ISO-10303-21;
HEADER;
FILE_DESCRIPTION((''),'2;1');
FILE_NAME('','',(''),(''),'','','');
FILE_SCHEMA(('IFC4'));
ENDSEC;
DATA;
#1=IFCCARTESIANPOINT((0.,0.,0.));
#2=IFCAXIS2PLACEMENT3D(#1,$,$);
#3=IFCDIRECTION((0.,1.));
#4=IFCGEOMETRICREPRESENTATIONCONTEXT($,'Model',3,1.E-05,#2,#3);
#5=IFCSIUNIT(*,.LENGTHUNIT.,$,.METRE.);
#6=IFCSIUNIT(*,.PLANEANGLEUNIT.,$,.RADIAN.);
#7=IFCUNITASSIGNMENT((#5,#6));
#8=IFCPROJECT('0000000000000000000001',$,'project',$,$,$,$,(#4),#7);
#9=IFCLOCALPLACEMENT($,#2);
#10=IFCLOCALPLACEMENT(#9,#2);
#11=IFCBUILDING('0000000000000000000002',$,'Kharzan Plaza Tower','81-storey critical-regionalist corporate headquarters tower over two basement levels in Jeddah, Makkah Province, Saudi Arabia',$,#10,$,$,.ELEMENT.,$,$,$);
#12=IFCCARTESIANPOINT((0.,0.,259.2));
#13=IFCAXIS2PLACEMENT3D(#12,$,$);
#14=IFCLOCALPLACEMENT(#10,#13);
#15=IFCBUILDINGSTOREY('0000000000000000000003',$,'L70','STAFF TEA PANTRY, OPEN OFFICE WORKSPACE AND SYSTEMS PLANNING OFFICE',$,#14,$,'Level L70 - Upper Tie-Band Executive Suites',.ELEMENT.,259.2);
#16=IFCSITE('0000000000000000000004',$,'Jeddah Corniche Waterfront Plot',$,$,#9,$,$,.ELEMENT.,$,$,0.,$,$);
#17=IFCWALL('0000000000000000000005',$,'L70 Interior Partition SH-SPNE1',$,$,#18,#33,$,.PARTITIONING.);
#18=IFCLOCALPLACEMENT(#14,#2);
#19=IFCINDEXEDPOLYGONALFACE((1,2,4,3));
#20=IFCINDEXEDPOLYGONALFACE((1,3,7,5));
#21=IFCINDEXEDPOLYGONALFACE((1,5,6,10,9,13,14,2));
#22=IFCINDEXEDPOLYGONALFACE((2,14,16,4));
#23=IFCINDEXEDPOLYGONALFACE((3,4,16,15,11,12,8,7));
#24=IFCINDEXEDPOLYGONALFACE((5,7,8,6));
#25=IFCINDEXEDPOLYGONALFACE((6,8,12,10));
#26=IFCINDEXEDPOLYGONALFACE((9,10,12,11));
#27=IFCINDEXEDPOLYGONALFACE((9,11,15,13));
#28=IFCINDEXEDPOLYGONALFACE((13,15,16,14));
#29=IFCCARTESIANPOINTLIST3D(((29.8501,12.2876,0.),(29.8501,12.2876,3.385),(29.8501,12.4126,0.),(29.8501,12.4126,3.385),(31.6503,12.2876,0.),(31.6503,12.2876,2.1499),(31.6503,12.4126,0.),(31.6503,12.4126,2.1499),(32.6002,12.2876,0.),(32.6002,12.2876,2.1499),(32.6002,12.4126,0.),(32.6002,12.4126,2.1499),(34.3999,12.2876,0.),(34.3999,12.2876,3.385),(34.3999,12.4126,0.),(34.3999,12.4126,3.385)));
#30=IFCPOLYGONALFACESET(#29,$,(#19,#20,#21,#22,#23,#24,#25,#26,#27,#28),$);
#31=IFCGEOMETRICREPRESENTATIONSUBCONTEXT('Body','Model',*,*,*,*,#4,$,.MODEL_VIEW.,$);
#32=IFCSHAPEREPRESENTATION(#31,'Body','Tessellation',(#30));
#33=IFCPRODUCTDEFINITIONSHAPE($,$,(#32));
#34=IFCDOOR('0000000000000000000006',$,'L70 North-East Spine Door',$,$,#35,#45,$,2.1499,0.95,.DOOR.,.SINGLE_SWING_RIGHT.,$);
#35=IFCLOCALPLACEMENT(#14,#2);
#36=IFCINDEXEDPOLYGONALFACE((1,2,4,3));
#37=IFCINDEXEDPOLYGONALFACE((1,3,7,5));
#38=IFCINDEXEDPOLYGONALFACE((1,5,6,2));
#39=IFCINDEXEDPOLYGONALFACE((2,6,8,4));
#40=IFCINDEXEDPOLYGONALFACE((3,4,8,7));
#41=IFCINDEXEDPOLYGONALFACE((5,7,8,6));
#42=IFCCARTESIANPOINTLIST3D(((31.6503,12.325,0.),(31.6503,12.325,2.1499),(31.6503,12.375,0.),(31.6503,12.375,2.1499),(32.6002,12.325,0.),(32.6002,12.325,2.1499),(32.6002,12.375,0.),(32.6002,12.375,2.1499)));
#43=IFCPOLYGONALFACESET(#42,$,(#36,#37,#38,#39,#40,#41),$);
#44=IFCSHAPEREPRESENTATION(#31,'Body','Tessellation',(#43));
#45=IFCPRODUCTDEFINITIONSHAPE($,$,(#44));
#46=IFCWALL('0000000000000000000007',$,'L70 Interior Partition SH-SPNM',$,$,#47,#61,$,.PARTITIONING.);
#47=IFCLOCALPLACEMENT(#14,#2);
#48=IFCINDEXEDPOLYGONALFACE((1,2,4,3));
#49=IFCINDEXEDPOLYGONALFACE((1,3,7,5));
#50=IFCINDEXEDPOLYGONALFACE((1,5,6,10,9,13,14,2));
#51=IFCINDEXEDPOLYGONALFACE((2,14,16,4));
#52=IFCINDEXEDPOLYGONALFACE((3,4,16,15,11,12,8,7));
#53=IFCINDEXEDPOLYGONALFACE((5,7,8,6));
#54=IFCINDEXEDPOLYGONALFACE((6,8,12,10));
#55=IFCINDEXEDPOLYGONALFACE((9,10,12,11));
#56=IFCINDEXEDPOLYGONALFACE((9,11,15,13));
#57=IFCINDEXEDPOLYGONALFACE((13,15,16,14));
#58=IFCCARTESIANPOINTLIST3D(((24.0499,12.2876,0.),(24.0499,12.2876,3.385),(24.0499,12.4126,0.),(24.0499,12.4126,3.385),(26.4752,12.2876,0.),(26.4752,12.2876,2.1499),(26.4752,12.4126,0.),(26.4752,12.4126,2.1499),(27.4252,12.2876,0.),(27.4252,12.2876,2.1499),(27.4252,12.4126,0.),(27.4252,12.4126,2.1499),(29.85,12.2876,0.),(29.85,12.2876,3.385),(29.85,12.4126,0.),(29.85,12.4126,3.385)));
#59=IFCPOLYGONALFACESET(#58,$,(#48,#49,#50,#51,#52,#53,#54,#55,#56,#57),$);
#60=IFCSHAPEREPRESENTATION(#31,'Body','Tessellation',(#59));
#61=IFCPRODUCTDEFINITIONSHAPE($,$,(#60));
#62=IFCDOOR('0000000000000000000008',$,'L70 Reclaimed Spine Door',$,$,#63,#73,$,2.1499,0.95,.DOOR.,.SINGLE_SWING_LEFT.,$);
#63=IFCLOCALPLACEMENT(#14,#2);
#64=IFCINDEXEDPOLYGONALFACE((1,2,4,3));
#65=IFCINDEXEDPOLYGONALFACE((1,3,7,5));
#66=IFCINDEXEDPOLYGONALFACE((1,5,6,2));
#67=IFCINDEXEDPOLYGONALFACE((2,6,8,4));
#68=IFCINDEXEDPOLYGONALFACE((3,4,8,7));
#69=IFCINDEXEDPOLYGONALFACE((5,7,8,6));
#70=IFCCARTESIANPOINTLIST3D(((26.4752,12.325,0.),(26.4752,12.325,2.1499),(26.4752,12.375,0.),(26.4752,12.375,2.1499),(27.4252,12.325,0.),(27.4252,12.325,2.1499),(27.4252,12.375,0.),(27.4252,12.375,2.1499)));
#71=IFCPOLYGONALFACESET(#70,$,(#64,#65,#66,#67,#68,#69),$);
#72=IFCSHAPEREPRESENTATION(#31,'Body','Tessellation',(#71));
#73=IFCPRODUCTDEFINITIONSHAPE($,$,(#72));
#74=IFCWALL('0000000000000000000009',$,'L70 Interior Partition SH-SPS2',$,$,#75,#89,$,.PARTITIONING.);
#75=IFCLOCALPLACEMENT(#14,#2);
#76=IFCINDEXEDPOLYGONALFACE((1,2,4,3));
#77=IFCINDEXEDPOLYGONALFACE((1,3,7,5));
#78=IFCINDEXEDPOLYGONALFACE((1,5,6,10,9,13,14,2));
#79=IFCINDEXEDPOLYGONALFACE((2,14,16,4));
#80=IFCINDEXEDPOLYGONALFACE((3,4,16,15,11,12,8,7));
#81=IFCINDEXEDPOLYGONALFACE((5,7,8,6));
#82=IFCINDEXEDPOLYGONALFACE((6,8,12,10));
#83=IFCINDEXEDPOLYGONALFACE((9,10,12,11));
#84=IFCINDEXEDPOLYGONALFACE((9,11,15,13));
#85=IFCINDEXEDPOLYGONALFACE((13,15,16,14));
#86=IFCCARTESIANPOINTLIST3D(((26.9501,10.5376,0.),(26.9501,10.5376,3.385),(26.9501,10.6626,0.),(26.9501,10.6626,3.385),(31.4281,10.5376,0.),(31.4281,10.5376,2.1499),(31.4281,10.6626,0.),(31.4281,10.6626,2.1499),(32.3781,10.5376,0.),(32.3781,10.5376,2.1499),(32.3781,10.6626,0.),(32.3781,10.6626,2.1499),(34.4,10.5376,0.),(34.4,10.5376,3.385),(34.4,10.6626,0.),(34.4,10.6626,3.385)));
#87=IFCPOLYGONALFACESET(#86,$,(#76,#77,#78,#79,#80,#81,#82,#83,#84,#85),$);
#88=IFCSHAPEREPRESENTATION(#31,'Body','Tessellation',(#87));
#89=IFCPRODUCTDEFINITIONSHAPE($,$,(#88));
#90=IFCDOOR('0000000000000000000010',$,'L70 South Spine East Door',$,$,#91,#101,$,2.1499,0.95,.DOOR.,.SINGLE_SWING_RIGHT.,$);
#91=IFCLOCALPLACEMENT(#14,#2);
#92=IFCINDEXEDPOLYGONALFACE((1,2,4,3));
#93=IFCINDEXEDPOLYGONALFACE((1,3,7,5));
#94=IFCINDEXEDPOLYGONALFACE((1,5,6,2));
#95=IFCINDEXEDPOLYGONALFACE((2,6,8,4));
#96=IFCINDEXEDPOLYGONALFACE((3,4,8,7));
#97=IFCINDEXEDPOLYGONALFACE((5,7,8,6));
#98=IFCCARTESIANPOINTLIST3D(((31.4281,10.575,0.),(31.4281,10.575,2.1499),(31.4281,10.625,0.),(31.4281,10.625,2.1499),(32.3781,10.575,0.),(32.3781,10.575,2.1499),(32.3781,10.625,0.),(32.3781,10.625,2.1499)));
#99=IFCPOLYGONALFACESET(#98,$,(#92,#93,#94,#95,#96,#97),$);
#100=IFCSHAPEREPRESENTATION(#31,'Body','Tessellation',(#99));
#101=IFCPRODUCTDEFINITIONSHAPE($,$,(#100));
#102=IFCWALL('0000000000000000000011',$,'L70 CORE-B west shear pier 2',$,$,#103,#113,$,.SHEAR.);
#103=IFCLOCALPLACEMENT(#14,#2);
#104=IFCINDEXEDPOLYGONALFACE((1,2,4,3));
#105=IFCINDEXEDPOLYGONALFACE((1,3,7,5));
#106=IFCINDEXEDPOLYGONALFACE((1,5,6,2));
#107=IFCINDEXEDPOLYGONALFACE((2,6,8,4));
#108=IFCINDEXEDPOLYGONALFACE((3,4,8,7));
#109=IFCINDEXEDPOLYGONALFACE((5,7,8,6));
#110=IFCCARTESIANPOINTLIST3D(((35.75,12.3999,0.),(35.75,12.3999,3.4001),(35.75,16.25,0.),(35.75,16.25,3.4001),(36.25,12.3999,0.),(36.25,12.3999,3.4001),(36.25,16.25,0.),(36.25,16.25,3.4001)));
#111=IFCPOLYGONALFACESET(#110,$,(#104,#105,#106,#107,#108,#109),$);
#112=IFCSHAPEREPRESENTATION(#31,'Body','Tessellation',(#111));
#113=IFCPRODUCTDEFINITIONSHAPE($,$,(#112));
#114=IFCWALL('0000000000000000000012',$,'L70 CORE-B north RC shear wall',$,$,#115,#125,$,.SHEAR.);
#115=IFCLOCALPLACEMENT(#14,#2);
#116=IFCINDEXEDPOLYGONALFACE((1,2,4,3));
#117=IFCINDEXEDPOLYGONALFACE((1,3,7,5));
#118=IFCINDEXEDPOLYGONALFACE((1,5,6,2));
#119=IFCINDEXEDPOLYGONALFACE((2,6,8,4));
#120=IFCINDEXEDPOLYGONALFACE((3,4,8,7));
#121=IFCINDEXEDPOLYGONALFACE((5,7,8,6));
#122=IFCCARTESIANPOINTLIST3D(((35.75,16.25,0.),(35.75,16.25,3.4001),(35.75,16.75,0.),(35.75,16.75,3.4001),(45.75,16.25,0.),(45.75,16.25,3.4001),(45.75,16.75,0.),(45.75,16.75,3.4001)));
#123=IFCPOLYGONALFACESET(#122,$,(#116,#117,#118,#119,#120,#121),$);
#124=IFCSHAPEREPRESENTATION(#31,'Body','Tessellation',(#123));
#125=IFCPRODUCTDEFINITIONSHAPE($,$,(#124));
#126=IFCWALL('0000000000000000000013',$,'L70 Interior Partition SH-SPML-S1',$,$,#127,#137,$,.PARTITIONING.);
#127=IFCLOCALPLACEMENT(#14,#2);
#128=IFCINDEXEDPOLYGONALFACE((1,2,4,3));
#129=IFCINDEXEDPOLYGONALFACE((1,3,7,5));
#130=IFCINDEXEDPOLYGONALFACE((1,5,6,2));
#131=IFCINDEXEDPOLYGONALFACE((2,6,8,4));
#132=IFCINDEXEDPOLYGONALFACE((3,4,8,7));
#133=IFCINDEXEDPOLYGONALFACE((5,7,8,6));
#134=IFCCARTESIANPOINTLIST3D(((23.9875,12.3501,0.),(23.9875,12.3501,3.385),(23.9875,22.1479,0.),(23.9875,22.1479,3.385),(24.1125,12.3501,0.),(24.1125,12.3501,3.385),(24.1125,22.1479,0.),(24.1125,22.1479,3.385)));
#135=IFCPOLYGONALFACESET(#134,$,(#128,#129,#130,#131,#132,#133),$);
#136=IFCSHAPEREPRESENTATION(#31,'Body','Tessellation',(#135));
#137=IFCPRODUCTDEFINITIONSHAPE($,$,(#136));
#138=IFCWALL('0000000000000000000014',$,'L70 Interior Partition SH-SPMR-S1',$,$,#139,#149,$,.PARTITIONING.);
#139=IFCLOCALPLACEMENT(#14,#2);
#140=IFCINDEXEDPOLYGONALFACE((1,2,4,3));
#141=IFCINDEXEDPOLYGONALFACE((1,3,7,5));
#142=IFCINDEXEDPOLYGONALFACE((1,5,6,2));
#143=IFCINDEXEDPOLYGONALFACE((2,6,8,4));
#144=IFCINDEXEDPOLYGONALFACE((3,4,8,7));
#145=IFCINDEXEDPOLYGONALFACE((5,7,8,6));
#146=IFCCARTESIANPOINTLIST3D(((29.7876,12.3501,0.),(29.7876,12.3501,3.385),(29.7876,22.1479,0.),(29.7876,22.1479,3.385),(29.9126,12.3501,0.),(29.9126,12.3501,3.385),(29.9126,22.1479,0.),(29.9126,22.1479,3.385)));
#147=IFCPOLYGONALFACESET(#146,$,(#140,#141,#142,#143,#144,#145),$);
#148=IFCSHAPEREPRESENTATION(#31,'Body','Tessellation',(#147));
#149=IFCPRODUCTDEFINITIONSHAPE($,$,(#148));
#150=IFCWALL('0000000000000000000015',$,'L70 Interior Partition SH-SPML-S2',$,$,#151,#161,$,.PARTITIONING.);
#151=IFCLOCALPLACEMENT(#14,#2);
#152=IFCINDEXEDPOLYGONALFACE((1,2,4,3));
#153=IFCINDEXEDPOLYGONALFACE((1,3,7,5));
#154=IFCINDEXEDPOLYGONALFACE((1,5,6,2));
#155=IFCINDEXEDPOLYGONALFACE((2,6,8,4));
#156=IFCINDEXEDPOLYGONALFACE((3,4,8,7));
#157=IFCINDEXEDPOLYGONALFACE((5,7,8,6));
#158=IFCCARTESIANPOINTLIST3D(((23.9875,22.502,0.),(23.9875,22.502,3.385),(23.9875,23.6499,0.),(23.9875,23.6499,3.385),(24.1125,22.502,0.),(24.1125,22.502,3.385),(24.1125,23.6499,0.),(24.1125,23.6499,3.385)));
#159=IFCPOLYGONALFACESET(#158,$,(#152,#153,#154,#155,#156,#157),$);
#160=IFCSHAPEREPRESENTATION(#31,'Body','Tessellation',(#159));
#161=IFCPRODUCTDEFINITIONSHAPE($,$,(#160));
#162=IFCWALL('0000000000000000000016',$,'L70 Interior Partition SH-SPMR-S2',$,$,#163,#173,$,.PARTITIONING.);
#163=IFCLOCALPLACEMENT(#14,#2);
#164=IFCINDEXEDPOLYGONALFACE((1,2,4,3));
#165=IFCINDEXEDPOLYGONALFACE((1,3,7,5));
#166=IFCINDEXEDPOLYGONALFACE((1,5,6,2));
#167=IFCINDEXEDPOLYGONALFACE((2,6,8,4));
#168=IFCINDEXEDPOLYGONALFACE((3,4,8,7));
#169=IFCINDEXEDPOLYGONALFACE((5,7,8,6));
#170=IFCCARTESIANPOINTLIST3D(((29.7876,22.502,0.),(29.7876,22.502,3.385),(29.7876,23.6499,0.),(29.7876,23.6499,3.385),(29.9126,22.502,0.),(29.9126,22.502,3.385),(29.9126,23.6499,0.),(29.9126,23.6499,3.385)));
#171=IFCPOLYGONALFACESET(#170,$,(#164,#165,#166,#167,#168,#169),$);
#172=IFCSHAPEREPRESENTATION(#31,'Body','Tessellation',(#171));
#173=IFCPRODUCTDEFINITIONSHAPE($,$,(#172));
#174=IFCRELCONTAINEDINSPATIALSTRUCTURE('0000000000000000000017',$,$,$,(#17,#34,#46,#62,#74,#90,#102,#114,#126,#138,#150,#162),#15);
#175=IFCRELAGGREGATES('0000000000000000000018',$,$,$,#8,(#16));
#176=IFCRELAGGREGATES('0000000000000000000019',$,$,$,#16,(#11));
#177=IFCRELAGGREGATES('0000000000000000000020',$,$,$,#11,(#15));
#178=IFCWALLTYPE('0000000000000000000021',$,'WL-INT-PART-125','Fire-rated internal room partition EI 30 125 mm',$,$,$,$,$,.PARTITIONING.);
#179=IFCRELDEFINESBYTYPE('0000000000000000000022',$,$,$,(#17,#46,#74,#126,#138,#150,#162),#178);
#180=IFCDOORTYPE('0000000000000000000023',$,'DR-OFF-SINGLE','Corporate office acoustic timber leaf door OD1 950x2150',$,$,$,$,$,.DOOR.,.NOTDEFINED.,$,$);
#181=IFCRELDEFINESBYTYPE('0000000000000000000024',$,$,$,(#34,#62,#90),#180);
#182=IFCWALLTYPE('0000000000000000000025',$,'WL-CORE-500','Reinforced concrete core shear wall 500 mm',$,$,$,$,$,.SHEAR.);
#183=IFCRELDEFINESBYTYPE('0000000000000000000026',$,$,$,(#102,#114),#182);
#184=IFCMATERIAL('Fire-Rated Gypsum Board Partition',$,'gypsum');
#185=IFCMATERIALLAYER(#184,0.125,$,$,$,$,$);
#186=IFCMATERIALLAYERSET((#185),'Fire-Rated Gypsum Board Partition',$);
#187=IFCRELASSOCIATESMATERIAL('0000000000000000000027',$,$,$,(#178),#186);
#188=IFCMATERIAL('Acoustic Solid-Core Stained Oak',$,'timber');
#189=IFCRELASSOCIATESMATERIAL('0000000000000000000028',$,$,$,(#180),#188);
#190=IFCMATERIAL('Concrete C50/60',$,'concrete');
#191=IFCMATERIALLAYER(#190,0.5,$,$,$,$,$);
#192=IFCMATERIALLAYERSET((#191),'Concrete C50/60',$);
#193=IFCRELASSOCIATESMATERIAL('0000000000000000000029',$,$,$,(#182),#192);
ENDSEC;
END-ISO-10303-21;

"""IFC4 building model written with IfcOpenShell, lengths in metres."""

from ifc_helpers import new_model, si_unit, direction, frame, frame_2d, origin, place, context, subcontext, project, spatial, rectangle, extrude, source, transform, mapped, material, layer, layer_set, type_object, element, fill, save


model = new_model("IFC4")

# Units and contexts
model_context = context("Model", 3, precision=1e-05, world=origin(), true_north=direction((0.0, 1.0)))
body_context = subcontext(model_context, "Body", "Model", "MODEL_VIEW")
ifc_project = project(units=[si_unit("LENGTHUNIT", "METRE"), si_unit("PLANEANGLEUNIT", "RADIAN")], contexts=[model_context])

# Site, building, storey
site_placement = place(None, origin())
site = spatial("IfcSite", under=ifc_project, at=site_placement, Name="Jeddah Corniche Waterfront Plot", CompositionType="ELEMENT", RefElevation=0.0)
building_placement = place(site_placement, origin())
building = spatial("IfcBuilding", under=site, at=building_placement, Name="Kharzan Plaza Tower", Description="81-storey critical-regionalist corporate headquarters tower over two basement levels in Jeddah, Makkah Province, Saudi Arabia", CompositionType="ELEMENT")
storey_placement = place(building_placement, frame((0.0, 0.0, 259.2)))
storey = spatial("IfcBuildingStorey", under=building, at=storey_placement, Name="L70", Description="STAFF TEA PANTRY, OPEN OFFICE WORKSPACE AND SYSTEMS PLANNING OFFICE", LongName="Level L70 - Upper Tie-Band Executive Suites", CompositionType="ELEMENT", Elevation=259.2)

# Shared definitions
ifc_material_1 = material(Name="Concrete C50/60", Category="concrete")

# Walls, openings, doors
ifc_material_2 = material(Name="Fire-Rated Gypsum Board Partition", Category="gypsum")
ifc_layer_1 = layer(ifc_material_2, 0.125)
ifc_layer_set_1 = layer_set([ifc_layer_1], Name="Fire-Rated Gypsum Board Partition")
wall_type_1 = type_object("IfcWallType", Name="WL-INT-PART-125", Description="Fire-rated internal room partition EI 30 125 mm", PredefinedType="PARTITIONING", material=ifc_layer_set_1)
wall_1_placement = place(storey_placement, frame((29.8501, 12.3501, 0.0), z_axis=(0.0, 0.0, 1.0), x_axis=(1.0, 0.0, 0.0)))
wall_1 = element("IfcWall", 1, at=wall_1_placement, inside=storey, type_object=wall_type_1, Name="L70 Interior Partition SH-SPNE1", PredefinedType="PARTITIONING", context=body_context, shape_type="SweptSolid", body=[
    extrude(rectangle(XDim=4.5498, YDim=0.125, at=frame_2d((2.2749, 0.0))), origin(), (0.0, 0.0, 1.0), 3.385),
])
opening_1_placement = place(wall_1_placement, frame((1.8, 0.0, 0.0)))
opening_1 = element("IfcOpeningElement", 2, at=opening_1_placement, cuts=wall_1, PredefinedType="OPENING", context=body_context, shape_type="SweptSolid", body=[
    extrude(rectangle(XDim=0.95, YDim=2.1499, at=frame_2d((0.4751, 1.075))), frame((0.0, 0.0725, 0.0), z_axis=(0.0, -1.0, 0.0), x_axis=(1.0, 0.0, 0.0)), (0.0, 0.0, 1.0), 0.145),
])
ifc_material_3 = material(Name="Acoustic Solid-Core Stained Oak", Category="timber")
door_type = type_object("IfcDoorType", Name="DR-OFF-SINGLE", Description="Corporate office acoustic timber leaf door OD1 950x2150", OperationType="NOTDEFINED", PredefinedType="DOOR", material=ifc_material_3)
shared_shape_1 = source(origin(), body_context, "Body", "SweptSolid", [
    extrude(rectangle(XDim=0.95, YDim=2.1499, at=frame_2d((0.4751, 1.075))), frame((0.0, 0.0249, 0.0), z_axis=(0.0, -1.0, 0.0), x_axis=(1.0, 0.0, 0.0)), (0.0, 0.0, 1.0), 0.05),
])
door_1_placement = place(opening_1_placement, origin())
door_1 = element("IfcDoor", 3, at=door_1_placement, inside=storey, type_object=door_type, Name="L70 North-East Spine Door", OperationType="SINGLE_SWING_RIGHT", OverallHeight=2.1499, OverallWidth=0.95, PredefinedType="DOOR", context=body_context, shape_type="MappedRepresentation", body=[
    mapped(shared_shape_1, transform((0.0, 0.0, 0.0), x_axis=(1.0, 0.0, 0.0), y_axis=(0.0, 1.0, 0.0), z_axis=(0.0, 0.0, 1.0))),
])
fill(opening_1, door_1)
wall_2_placement = place(storey_placement, frame((24.05, 12.3501, 0.0), z_axis=(0.0, 0.0, 1.0), x_axis=(1.0, 0.0, 0.0)))
wall_2 = element("IfcWall", 4, at=wall_2_placement, inside=storey, type_object=wall_type_1, Name="L70 Interior Partition SH-SPNM", PredefinedType="PARTITIONING", context=body_context, shape_type="SweptSolid", body=[
    extrude(rectangle(XDim=5.8, YDim=0.125, at=frame_2d((2.8999, 0.0))), origin(), (0.0, 0.0, 1.0), 3.385),
])
opening_2_placement = place(wall_2_placement, frame((2.425, 0.0, 0.0)))
opening_2 = element("IfcOpeningElement", 5, at=opening_2_placement, cuts=wall_2, PredefinedType="OPENING", context=body_context, shape_type="SweptSolid", body=[
    extrude(rectangle(XDim=0.95, YDim=2.1499, at=frame_2d((0.4751, 1.075))), frame((0.0, 0.0725, 0.0), z_axis=(0.0, -1.0, 0.0), x_axis=(1.0, 0.0, 0.0)), (0.0, 0.0, 1.0), 0.145),
])
door_2_placement = place(opening_2_placement, origin())
door_2 = element("IfcDoor", 6, at=door_2_placement, inside=storey, type_object=door_type, Name="L70 Reclaimed Spine Door", OperationType="SINGLE_SWING_LEFT", OverallHeight=2.1499, OverallWidth=0.95, PredefinedType="DOOR", context=body_context, shape_type="MappedRepresentation", body=[
    mapped(shared_shape_1, transform((0.0, 0.0, 0.0), x_axis=(1.0, 0.0, 0.0), y_axis=(0.0, 1.0, 0.0), z_axis=(0.0, 0.0, 1.0))),
])
fill(opening_2, door_2)
wall_3_placement = place(storey_placement, frame((26.95, 10.6001, 0.0), z_axis=(0.0, 0.0, 1.0), x_axis=(1.0, 0.0, 0.0)))
wall_3 = element("IfcWall", 7, at=wall_3_placement, inside=storey, type_object=wall_type_1, Name="L70 Interior Partition SH-SPS2", PredefinedType="PARTITIONING", context=body_context, shape_type="SweptSolid", body=[
    extrude(rectangle(XDim=7.45, YDim=0.125, at=frame_2d((3.7251, 0.0))), origin(), (0.0, 0.0, 1.0), 3.385),
])
opening_3_placement = place(wall_3_placement, frame((4.478, 0.0, 0.0)))
opening_3 = element("IfcOpeningElement", 8, at=opening_3_placement, cuts=wall_3, PredefinedType="OPENING", context=body_context, shape_type="SweptSolid", body=[
    extrude(rectangle(XDim=0.95, YDim=2.1499, at=frame_2d((0.4751, 1.075))), frame((0.0, 0.0725, 0.0), z_axis=(0.0, -1.0, 0.0), x_axis=(1.0, 0.0, 0.0)), (0.0, 0.0, 1.0), 0.145),
])
door_3_placement = place(opening_3_placement, origin())
door_3 = element("IfcDoor", 9, at=door_3_placement, inside=storey, type_object=door_type, Name="L70 South Spine East Door", OperationType="SINGLE_SWING_RIGHT", OverallHeight=2.1499, OverallWidth=0.95, PredefinedType="DOOR", context=body_context, shape_type="MappedRepresentation", body=[
    mapped(shared_shape_1, transform((0.0, 0.0, 0.0), x_axis=(1.0, 0.0, 0.0), y_axis=(0.0, 1.0, 0.0), z_axis=(0.0, 0.0, 1.0))),
])
fill(opening_3, door_3)

# Walls
ifc_layer_2 = layer(ifc_material_1, 0.5)
ifc_layer_set_2 = layer_set([ifc_layer_2], Name="Concrete C50/60")
wall_type_2 = type_object("IfcWallType", Name="WL-CORE-500", Description="Reinforced concrete core shear wall 500 mm", PredefinedType="SHEAR", material=ifc_layer_set_2)
shared_shape_2 = source(origin(), body_context, "Body", "SweptSolid", [
    extrude(rectangle(XDim=3.8501, YDim=0.5, at=frame_2d((1.925, 0.0))), origin(), (0.0, 0.0, 1.0), 3.4001),
])
wall_4_placement = place(storey_placement, frame((36.0, 12.3999, 0.0), z_axis=(0.0, 0.0, 1.0), x_axis=(0.0, 1.0, 0.0)))
element("IfcWall", 10, at=wall_4_placement, inside=storey, type_object=wall_type_2, Name="L70 CORE-B west shear pier 2", PredefinedType="SHEAR", context=body_context, shape_type="MappedRepresentation", body=[
    mapped(shared_shape_2, transform((0.0, 0.0, 0.0), x_axis=(1.0, 0.0, 0.0), y_axis=(0.0, 1.0, 0.0), z_axis=(0.0, 0.0, 1.0))),
])
shared_shape_3 = source(origin(), body_context, "Body", "SweptSolid", [
    extrude(rectangle(XDim=10.0, YDim=0.5, at=frame_2d((5.0, 0.0))), origin(), (0.0, 0.0, 1.0), 3.4001),
])
wall_5_placement = place(storey_placement, frame((35.75, 16.5, 0.0), z_axis=(0.0, 0.0, 1.0), x_axis=(1.0, 0.0, 0.0)))
element("IfcWall", 11, at=wall_5_placement, inside=storey, type_object=wall_type_2, Name="L70 CORE-B north RC shear wall", PredefinedType="SHEAR", context=body_context, shape_type="MappedRepresentation", body=[
    mapped(shared_shape_3, transform((0.0, 0.0, 0.0), x_axis=(1.0, 0.0, 0.0), y_axis=(0.0, 1.0, 0.0), z_axis=(0.0, 0.0, 1.0))),
])
shared_shape_4 = source(origin(), body_context, "Body", "SweptSolid", [
    extrude(rectangle(XDim=9.7979, YDim=0.125, at=frame_2d((4.8989, 0.0))), origin(), (0.0, 0.0, 1.0), 3.385),
])
for number, where, z_axis, x_axis, name in (
    (12, (24.05, 12.3501, 0.0), (0.0, 0.0, 1.0), (0.0, 1.0, 0.0), "L70 Interior Partition SH-SPML-S1"),
    (13, (29.8501, 12.3501, 0.0), (0.0, 0.0, 1.0), (0.0, 1.0, 0.0), "L70 Interior Partition SH-SPMR-S1"),
):
    element("IfcWall", number, at=place(storey_placement, frame(where, z_axis=z_axis, x_axis=x_axis)), inside=storey, type_object=wall_type_1, Name=name, PredefinedType="PARTITIONING", context=body_context, shape_type="MappedRepresentation", body=[
        mapped(shared_shape_4, transform((0.0, 0.0, 0.0), x_axis=(1.0, 0.0, 0.0), y_axis=(0.0, 1.0, 0.0), z_axis=(0.0, 0.0, 1.0))),
    ])
shared_shape_5 = source(origin(), body_context, "Body", "SweptSolid", [
    extrude(rectangle(XDim=1.1479, YDim=0.125, at=frame_2d((0.574, 0.0))), origin(), (0.0, 0.0, 1.0), 3.385),
])
for number, where, z_axis, x_axis, name in (
    (14, (24.05, 22.502, 0.0), (0.0, 0.0, 1.0), (0.0, 1.0, 0.0), "L70 Interior Partition SH-SPML-S2"),
    (15, (29.8501, 22.502, 0.0), (0.0, 0.0, 1.0), (0.0, 1.0, 0.0), "L70 Interior Partition SH-SPMR-S2"),
):
    element("IfcWall", number, at=place(storey_placement, frame(where, z_axis=z_axis, x_axis=x_axis)), inside=storey, type_object=wall_type_1, Name=name, PredefinedType="PARTITIONING", context=body_context, shape_type="MappedRepresentation", body=[
        mapped(shared_shape_5, transform((0.0, 0.0, 0.0), x_axis=(1.0, 0.0, 0.0), y_axis=(0.0, 1.0, 0.0), z_axis=(0.0, 0.0, 1.0))),
    ])

save(model, "model.ifc")
